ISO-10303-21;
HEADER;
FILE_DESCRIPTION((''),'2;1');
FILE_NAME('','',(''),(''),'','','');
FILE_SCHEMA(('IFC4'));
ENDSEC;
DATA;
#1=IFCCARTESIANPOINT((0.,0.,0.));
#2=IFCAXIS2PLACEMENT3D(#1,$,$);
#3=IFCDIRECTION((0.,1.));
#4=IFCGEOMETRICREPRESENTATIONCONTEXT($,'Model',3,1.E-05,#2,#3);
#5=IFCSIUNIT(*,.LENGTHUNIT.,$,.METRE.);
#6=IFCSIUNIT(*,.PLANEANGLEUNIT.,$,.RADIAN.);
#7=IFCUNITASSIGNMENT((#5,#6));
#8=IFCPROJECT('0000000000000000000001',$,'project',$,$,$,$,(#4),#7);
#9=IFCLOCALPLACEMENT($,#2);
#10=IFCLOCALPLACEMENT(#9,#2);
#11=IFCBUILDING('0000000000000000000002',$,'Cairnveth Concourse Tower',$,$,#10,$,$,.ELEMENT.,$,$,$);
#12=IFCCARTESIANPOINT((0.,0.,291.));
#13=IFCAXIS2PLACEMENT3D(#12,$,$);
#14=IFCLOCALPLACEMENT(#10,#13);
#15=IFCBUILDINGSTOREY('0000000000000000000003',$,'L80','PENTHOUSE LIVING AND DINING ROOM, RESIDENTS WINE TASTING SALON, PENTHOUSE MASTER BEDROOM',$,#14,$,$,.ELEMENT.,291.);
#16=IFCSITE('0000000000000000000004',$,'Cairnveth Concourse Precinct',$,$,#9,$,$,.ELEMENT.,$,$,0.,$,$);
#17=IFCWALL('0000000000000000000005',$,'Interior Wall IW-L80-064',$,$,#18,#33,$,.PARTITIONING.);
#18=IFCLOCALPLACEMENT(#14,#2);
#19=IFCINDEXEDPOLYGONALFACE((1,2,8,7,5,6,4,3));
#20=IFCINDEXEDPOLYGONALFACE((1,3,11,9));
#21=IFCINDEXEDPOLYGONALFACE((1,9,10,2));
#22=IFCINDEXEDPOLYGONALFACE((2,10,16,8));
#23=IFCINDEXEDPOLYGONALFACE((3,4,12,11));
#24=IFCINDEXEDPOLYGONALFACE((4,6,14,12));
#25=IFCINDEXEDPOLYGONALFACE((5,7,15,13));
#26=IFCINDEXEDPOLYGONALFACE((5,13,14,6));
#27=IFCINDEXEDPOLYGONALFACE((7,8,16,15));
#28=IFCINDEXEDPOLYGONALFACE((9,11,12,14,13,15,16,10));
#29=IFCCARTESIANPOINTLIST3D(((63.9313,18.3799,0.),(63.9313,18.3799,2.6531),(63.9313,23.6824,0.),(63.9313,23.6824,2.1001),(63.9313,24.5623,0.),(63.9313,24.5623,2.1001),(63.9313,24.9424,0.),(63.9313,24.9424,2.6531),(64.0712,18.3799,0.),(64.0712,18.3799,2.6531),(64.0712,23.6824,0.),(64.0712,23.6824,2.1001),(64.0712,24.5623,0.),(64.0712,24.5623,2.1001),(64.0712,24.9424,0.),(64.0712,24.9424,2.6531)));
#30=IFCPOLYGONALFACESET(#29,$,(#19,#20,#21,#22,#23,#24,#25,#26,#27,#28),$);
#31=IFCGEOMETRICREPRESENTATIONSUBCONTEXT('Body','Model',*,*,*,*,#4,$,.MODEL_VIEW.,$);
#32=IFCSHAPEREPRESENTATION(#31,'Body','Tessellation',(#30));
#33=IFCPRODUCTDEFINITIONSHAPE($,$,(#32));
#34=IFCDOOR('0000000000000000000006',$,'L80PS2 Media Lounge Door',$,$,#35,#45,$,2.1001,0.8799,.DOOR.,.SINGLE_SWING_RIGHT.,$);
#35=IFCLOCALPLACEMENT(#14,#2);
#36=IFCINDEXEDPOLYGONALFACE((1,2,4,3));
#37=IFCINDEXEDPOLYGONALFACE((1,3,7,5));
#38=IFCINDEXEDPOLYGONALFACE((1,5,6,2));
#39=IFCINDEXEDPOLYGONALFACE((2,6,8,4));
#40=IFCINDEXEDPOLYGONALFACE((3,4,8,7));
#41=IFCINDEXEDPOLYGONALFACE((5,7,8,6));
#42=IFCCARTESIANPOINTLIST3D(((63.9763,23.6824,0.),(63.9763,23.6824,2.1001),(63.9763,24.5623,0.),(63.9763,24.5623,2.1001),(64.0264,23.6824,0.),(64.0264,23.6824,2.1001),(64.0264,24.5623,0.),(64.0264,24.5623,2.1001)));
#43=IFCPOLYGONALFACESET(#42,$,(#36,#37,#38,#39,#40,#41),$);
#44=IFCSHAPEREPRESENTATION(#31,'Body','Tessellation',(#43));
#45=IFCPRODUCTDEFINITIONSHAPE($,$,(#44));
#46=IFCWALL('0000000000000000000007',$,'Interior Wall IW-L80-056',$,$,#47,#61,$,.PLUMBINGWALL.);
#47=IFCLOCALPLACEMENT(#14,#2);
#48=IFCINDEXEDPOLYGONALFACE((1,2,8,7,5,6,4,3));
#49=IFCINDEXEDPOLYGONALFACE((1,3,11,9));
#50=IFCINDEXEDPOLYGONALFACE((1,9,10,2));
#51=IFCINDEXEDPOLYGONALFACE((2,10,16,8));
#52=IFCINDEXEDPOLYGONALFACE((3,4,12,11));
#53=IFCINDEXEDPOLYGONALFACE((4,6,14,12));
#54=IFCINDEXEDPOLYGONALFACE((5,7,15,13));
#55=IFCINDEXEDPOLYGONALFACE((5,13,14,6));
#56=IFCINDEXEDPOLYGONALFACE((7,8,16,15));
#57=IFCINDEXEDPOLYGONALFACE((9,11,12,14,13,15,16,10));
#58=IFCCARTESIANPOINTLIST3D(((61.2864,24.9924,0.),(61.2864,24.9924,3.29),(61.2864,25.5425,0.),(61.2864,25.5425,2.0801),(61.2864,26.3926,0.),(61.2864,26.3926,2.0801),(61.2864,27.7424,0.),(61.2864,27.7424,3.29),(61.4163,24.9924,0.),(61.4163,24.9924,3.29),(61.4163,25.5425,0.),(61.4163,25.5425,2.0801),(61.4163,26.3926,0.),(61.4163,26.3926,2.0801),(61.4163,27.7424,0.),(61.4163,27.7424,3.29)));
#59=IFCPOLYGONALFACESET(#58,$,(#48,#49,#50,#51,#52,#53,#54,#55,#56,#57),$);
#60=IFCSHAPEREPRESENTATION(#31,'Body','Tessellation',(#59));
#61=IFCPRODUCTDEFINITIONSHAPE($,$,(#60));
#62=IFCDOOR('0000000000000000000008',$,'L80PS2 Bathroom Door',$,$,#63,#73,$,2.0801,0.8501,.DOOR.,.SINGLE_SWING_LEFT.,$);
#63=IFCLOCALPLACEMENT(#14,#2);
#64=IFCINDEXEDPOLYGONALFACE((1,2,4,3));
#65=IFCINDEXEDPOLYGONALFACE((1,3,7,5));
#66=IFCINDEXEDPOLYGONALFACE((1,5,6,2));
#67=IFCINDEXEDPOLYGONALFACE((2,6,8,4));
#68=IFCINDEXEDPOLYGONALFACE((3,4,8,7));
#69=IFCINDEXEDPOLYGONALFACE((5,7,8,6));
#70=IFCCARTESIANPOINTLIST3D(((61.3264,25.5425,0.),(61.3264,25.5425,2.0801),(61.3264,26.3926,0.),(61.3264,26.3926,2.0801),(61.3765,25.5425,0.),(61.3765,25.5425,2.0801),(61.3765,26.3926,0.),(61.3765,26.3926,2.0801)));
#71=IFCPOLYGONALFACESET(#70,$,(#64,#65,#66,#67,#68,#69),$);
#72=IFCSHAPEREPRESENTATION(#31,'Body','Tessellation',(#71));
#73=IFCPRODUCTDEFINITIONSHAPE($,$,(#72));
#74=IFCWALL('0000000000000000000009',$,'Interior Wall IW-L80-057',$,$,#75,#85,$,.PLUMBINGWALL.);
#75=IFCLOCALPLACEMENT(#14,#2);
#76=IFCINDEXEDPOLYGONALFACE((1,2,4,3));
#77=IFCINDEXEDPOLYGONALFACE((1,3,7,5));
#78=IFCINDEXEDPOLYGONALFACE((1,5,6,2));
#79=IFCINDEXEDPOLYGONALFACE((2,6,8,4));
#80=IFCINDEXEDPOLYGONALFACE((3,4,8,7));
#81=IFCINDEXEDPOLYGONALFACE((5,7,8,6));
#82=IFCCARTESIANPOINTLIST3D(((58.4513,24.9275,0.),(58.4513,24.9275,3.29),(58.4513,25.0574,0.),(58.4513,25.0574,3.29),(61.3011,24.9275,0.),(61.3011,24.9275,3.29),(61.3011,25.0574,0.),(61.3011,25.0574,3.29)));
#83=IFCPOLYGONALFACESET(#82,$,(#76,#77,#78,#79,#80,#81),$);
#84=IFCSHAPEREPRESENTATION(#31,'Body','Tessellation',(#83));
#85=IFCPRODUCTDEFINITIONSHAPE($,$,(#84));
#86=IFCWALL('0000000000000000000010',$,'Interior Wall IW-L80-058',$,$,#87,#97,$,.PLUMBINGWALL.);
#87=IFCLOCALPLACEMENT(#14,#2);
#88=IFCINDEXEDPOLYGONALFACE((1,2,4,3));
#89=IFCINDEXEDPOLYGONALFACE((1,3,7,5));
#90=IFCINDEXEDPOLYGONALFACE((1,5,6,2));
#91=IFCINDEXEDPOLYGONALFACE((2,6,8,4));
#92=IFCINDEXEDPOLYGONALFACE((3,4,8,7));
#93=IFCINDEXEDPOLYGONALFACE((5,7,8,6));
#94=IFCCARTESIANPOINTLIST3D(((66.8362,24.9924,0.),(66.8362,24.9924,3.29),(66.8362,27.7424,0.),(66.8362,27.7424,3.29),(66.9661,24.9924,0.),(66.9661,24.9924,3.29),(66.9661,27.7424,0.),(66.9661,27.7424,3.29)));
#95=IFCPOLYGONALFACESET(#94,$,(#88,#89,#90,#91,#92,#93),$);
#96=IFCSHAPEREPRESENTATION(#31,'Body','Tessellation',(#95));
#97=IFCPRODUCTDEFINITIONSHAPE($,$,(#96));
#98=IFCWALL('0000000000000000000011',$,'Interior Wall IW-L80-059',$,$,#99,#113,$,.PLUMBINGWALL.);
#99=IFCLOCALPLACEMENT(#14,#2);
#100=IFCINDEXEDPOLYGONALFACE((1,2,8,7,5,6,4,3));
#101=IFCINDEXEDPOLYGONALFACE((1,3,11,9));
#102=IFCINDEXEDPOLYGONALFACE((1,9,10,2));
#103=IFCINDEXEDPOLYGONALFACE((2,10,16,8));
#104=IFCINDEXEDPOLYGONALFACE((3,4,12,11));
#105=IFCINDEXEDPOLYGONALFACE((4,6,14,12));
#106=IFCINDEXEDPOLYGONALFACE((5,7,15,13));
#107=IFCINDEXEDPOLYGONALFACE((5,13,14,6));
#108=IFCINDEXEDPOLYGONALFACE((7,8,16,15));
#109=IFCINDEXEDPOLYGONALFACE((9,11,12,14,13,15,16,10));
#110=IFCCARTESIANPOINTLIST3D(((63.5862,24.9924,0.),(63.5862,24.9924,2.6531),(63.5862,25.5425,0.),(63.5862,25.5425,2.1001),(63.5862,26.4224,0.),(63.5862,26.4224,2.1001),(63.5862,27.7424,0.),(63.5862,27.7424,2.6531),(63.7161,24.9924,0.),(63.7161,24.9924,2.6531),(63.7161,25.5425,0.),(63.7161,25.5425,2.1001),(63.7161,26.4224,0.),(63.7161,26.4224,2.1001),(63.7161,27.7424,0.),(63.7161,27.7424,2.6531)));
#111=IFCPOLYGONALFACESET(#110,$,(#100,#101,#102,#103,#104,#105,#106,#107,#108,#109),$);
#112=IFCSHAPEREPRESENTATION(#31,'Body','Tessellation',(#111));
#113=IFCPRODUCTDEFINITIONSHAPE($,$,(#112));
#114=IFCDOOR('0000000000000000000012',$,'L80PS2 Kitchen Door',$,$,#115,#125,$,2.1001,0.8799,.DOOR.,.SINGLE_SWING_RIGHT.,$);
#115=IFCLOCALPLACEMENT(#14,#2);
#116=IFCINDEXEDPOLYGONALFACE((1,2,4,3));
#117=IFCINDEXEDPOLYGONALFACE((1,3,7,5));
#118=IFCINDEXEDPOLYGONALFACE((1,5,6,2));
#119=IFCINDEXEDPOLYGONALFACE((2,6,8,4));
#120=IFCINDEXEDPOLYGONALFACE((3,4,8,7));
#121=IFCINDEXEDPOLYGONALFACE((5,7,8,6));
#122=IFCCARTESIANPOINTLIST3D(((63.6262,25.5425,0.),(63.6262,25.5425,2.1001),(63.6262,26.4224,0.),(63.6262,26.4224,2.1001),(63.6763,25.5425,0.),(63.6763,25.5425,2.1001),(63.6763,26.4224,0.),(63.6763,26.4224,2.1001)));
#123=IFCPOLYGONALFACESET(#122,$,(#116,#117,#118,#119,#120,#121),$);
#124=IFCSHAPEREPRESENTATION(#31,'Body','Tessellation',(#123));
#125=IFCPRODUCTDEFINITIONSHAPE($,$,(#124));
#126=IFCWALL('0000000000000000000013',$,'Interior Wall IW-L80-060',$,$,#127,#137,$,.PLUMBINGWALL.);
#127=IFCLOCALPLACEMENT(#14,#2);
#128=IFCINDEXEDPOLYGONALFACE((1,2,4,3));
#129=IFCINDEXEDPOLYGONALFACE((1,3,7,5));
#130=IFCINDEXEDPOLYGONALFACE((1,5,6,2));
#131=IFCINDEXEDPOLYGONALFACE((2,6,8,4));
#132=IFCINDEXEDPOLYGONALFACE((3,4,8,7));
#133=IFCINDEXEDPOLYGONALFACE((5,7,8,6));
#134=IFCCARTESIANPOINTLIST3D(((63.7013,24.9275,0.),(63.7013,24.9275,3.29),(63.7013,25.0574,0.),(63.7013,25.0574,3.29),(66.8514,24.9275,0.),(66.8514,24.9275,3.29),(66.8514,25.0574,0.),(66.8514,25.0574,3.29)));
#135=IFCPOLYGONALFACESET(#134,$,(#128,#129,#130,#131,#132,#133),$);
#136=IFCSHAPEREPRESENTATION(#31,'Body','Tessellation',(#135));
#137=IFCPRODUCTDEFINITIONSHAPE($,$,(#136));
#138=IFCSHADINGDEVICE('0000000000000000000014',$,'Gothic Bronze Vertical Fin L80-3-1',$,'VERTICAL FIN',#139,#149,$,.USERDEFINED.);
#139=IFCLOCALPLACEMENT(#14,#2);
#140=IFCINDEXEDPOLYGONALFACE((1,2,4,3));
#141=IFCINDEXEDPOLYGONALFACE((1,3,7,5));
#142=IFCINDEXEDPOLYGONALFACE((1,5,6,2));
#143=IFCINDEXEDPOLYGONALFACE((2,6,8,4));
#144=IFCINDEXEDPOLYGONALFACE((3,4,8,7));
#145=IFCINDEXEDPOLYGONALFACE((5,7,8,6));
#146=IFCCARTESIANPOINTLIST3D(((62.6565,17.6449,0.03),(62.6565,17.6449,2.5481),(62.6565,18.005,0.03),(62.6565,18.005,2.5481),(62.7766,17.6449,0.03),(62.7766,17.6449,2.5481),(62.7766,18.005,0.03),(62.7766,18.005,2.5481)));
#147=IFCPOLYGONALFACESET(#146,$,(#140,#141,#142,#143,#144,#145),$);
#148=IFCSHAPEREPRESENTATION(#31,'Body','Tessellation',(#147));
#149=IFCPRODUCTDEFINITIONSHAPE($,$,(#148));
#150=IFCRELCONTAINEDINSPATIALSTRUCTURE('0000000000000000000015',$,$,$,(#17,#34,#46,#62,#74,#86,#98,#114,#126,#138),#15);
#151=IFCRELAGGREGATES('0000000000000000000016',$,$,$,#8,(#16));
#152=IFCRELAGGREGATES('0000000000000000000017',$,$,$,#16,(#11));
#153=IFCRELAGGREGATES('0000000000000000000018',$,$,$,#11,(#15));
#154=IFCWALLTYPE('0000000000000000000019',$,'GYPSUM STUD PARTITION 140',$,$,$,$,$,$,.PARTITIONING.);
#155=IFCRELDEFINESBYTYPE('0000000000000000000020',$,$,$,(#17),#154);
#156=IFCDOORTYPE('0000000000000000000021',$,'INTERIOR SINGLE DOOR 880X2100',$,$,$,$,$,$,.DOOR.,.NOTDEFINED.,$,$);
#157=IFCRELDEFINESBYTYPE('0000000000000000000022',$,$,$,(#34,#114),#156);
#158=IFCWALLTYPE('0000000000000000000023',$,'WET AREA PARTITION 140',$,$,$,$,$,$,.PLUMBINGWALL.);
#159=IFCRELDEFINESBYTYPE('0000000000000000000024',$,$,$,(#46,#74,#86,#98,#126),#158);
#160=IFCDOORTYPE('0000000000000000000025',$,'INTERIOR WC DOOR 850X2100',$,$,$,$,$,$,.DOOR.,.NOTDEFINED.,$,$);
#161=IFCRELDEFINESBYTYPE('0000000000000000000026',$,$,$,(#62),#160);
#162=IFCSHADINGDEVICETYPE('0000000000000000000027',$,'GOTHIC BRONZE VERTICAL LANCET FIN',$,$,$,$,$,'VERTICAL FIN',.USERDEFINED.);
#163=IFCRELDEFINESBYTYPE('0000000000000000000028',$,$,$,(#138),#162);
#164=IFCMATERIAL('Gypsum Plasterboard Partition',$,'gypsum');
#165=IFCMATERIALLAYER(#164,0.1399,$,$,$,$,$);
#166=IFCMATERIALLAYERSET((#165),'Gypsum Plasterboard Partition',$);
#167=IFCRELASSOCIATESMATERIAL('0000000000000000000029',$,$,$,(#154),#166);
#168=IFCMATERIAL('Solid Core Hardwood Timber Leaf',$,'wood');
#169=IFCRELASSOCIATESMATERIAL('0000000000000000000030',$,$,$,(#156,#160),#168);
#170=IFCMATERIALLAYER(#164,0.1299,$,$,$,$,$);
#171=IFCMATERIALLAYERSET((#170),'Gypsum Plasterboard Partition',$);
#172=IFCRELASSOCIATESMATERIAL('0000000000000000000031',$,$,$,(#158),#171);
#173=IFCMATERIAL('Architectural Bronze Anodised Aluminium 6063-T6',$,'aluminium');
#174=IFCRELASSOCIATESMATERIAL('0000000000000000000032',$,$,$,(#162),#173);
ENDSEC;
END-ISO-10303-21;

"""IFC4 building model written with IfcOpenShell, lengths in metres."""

from ifc_helpers import new_model, si_unit, direction, frame, frame_2d, origin, origin_2d, place, context, subcontext, project, spatial, rectangle, extrude, material, layer, layer_set, type_object, element, fill, save


model = new_model("IFC4")

# Units and contexts
model_context = context("Model", 3, precision=1e-05, world=origin(), true_north=direction((0.0, 1.0)))
body_context = subcontext(model_context, "Body", "Model", "MODEL_VIEW")
ifc_project = project(units=[si_unit("LENGTHUNIT", "METRE"), si_unit("PLANEANGLEUNIT", "RADIAN")], contexts=[model_context])

# Site, building, storey
site_placement = place(None, origin())
site = spatial("IfcSite", under=ifc_project, at=site_placement, Name="Cairnveth Concourse Precinct", CompositionType="ELEMENT", RefElevation=0.0)
building_placement = place(site_placement, origin())
building = spatial("IfcBuilding", under=site, at=building_placement, Name="Cairnveth Concourse Tower", CompositionType="ELEMENT")
storey_placement = place(building_placement, frame((0.0, 0.0, 291.0)))
storey = spatial("IfcBuildingStorey", under=building, at=storey_placement, Name="L80", Description="PENTHOUSE LIVING AND DINING ROOM, RESIDENTS WINE TASTING SALON, PENTHOUSE MASTER BEDROOM", CompositionType="ELEMENT", Elevation=291.0)

# Shared definitions
ifc_material_1 = material(Name="Gypsum Plasterboard Partition", Category="gypsum")
ifc_material_2 = material(Name="Solid Core Hardwood Timber Leaf", Category="wood")

# Walls, openings, doors
ifc_layer_1 = layer(ifc_material_1, 0.1399)
ifc_layer_set_1 = layer_set([ifc_layer_1], Name="Gypsum Plasterboard Partition")
wall_type_1 = type_object("IfcWallType", Name="GYPSUM STUD PARTITION 140", PredefinedType="PARTITIONING", material=ifc_layer_set_1)
door_type_1 = type_object("IfcDoorType", Name="INTERIOR SINGLE DOOR 880X2100", OperationType="NOTDEFINED", PredefinedType="DOOR", material=ifc_material_2)
wall_1_placement = place(storey_placement, frame((64.0012, 18.3799, 0.0), z_axis=(0.0, 0.0, 1.0), x_axis=(0.0, 1.0, 0.0)))
wall_1 = element("IfcWall", 1, at=wall_1_placement, inside=storey, type_object=wall_type_1, Name="Interior Wall IW-L80-064", PredefinedType="PARTITIONING", context=body_context, shape_type="SweptSolid", body=[
    extrude(rectangle(XDim=6.5625, YDim=0.1399, at=frame_2d((3.2812, 0.0))), origin(), (0.0, 0.0, 1.0), 2.6531),
])
opening_1_placement = place(wall_1_placement, frame((5.3025, 0.0, 0.0)))
opening_1 = element("IfcOpeningElement", 2, at=opening_1_placement, cuts=wall_1, PredefinedType="OPENING", context=body_context, shape_type="SweptSolid", body=[
    extrude(rectangle(XDim=0.8799, YDim=2.1001, at=frame_2d((0.4399, 1.05))), frame((0.0, 0.0798, 0.0), z_axis=(0.0, -1.0, 0.0), x_axis=(1.0, 0.0, 0.0)), (0.0, 0.0, 1.0), 0.1599),
])
door_1_placement = place(opening_1_placement, origin())
door_1 = element("IfcDoor", 3, at=door_1_placement, inside=storey, type_object=door_type_1, Name="L80PS2 Media Lounge Door", OperationType="SINGLE_SWING_RIGHT", OverallHeight=2.1001, OverallWidth=0.8799, PredefinedType="DOOR", context=body_context, shape_type="SweptSolid", body=[
    extrude(rectangle(XDim=0.8799, YDim=2.1001, at=frame_2d((0.4399, 1.05))), frame((0.0, 0.0249, 0.0), z_axis=(0.0, -1.0, 0.0), x_axis=(1.0, 0.0, 0.0)), (0.0, 0.0, 1.0), 0.05),
])
fill(opening_1, door_1)
ifc_layer_2 = layer(ifc_material_1, 0.1299)
ifc_layer_set_2 = layer_set([ifc_layer_2], Name="Gypsum Plasterboard Partition")
wall_type_2 = type_object("IfcWallType", Name="WET AREA PARTITION 140", PredefinedType="PLUMBINGWALL", material=ifc_layer_set_2)
wall_2_placement = place(storey_placement, frame((61.3513, 24.9924, 0.0), z_axis=(0.0, 0.0, 1.0), x_axis=(0.0, 1.0, 0.0)))
wall_2 = element("IfcWall", 4, at=wall_2_placement, inside=storey, type_object=wall_type_2, Name="Interior Wall IW-L80-056", PredefinedType="PLUMBINGWALL", context=body_context, shape_type="SweptSolid", body=[
    extrude(rectangle(XDim=2.75, YDim=0.1299, at=frame_2d((1.375, 0.0))), origin(), (0.0, 0.0, 1.0), 3.29),
])
opening_2_placement = place(wall_2_placement, frame((0.55, 0.0, 0.0)))
opening_2 = element("IfcOpeningElement", 5, at=opening_2_placement, cuts=wall_2, PredefinedType="OPENING", context=body_context, shape_type="SweptSolid", body=[
    extrude(rectangle(XDim=0.8501, YDim=2.0801, at=frame_2d((0.425, 1.04))), frame((0.0, 0.075, 0.0), z_axis=(0.0, -1.0, 0.0), x_axis=(1.0, 0.0, 0.0)), (0.0, 0.0, 1.0), 0.1499),
])
door_type_2 = type_object("IfcDoorType", Name="INTERIOR WC DOOR 850X2100", OperationType="NOTDEFINED", PredefinedType="DOOR", material=ifc_material_2)
door_2_placement = place(opening_2_placement, origin())
door_2 = element("IfcDoor", 6, at=door_2_placement, inside=storey, type_object=door_type_2, Name="L80PS2 Bathroom Door", OperationType="SINGLE_SWING_LEFT", OverallHeight=2.0801, OverallWidth=0.8501, PredefinedType="DOOR", context=body_context, shape_type="SweptSolid", body=[
    extrude(rectangle(XDim=0.8501, YDim=2.0801, at=frame_2d((0.425, 1.04))), frame((0.0, 0.0249, 0.0), z_axis=(0.0, -1.0, 0.0), x_axis=(1.0, 0.0, 0.0)), (0.0, 0.0, 1.0), 0.05),
])
fill(opening_2, door_2)

# Walls
wall_3_placement = place(storey_placement, frame((58.4514, 24.9924, 0.0), z_axis=(0.0, 0.0, 1.0), x_axis=(1.0, 0.0, 0.0)))
element("IfcWall", 7, at=wall_3_placement, inside=storey, type_object=wall_type_2, Name="Interior Wall IW-L80-057", PredefinedType="PLUMBINGWALL", context=body_context, shape_type="SweptSolid", body=[
    extrude(rectangle(XDim=2.8499, YDim=0.1299, at=frame_2d((1.4248, 0.0))), origin(), (0.0, 0.0, 1.0), 3.29),
])
wall_4_placement = place(storey_placement, frame((66.9011, 24.9924, 0.0), z_axis=(0.0, 0.0, 1.0), x_axis=(0.0, 1.0, 0.0)))
element("IfcWall", 8, at=wall_4_placement, inside=storey, type_object=wall_type_2, Name="Interior Wall IW-L80-058", PredefinedType="PLUMBINGWALL", context=body_context, shape_type="SweptSolid", body=[
    extrude(rectangle(XDim=2.75, YDim=0.1299, at=frame_2d((1.375, 0.0))), origin(), (0.0, 0.0, 1.0), 3.29),
])

# Wall, opening, door
wall_5_placement = place(storey_placement, frame((63.6511, 24.9924, 0.0), z_axis=(0.0, 0.0, 1.0), x_axis=(0.0, 1.0, 0.0)))
wall_5 = element("IfcWall", 9, at=wall_5_placement, inside=storey, type_object=wall_type_2, Name="Interior Wall IW-L80-059", PredefinedType="PLUMBINGWALL", context=body_context, shape_type="SweptSolid", body=[
    extrude(rectangle(XDim=2.75, YDim=0.1299, at=frame_2d((1.375, 0.0))), origin(), (0.0, 0.0, 1.0), 2.6531),
])
opening_3_placement = place(wall_5_placement, frame((0.55, 0.0, 0.0)))
opening_3 = element("IfcOpeningElement", 10, at=opening_3_placement, cuts=wall_5, PredefinedType="OPENING", context=body_context, shape_type="SweptSolid", body=[
    extrude(rectangle(XDim=0.8799, YDim=2.1001, at=frame_2d((0.4399, 1.05))), frame((0.0, 0.075, 0.0), z_axis=(0.0, -1.0, 0.0), x_axis=(1.0, 0.0, 0.0)), (0.0, 0.0, 1.0), 0.1499),
])
door_3_placement = place(opening_3_placement, origin())
door_3 = element("IfcDoor", 11, at=door_3_placement, inside=storey, type_object=door_type_1, Name="L80PS2 Kitchen Door", OperationType="SINGLE_SWING_RIGHT", OverallHeight=2.1001, OverallWidth=0.8799, PredefinedType="DOOR", context=body_context, shape_type="SweptSolid", body=[
    extrude(rectangle(XDim=0.8799, YDim=2.1001, at=frame_2d((0.4399, 1.05))), frame((0.0, 0.0249, 0.0), z_axis=(0.0, -1.0, 0.0), x_axis=(1.0, 0.0, 0.0)), (0.0, 0.0, 1.0), 0.05),
])
fill(opening_3, door_3)

# Wall
wall_6_placement = place(storey_placement, frame((63.7012, 24.9924, 0.0), z_axis=(0.0, 0.0, 1.0), x_axis=(1.0, 0.0, 0.0)))
element("IfcWall", 12, at=wall_6_placement, inside=storey, type_object=wall_type_2, Name="Interior Wall IW-L80-060", PredefinedType="PLUMBINGWALL", context=body_context, shape_type="SweptSolid", body=[
    extrude(rectangle(XDim=3.1501, YDim=0.1299, at=frame_2d((1.5752, 0.0))), origin(), (0.0, 0.0, 1.0), 3.29),
])

# Shading device
ifc_material_3 = material(Name="Architectural Bronze Anodised Aluminium 6063-T6", Category="aluminium")
shading_device_type = type_object("IfcShadingDeviceType", Name="GOTHIC BRONZE VERTICAL LANCET FIN", ElementType="VERTICAL FIN", PredefinedType="USERDEFINED", material=ifc_material_3)
shading_device_placement = place(storey_placement, frame((62.7166, 17.825, 0.03), z_axis=(0.0, 0.0, 1.0), x_axis=(1.0, 0.0, 0.0)))
element("IfcShadingDevice", 13, at=shading_device_placement, inside=storey, type_object=shading_device_type, Name="Gothic Bronze Vertical Fin L80-3-1", ObjectType="VERTICAL FIN", PredefinedType="USERDEFINED", context=body_context, shape_type="SweptSolid", body=[
    extrude(rectangle(XDim=0.1201, YDim=0.3601, at=origin_2d()), origin(), (0.0, 0.0, 1.0), 2.5181),
])

save(model, "model.ifc")
